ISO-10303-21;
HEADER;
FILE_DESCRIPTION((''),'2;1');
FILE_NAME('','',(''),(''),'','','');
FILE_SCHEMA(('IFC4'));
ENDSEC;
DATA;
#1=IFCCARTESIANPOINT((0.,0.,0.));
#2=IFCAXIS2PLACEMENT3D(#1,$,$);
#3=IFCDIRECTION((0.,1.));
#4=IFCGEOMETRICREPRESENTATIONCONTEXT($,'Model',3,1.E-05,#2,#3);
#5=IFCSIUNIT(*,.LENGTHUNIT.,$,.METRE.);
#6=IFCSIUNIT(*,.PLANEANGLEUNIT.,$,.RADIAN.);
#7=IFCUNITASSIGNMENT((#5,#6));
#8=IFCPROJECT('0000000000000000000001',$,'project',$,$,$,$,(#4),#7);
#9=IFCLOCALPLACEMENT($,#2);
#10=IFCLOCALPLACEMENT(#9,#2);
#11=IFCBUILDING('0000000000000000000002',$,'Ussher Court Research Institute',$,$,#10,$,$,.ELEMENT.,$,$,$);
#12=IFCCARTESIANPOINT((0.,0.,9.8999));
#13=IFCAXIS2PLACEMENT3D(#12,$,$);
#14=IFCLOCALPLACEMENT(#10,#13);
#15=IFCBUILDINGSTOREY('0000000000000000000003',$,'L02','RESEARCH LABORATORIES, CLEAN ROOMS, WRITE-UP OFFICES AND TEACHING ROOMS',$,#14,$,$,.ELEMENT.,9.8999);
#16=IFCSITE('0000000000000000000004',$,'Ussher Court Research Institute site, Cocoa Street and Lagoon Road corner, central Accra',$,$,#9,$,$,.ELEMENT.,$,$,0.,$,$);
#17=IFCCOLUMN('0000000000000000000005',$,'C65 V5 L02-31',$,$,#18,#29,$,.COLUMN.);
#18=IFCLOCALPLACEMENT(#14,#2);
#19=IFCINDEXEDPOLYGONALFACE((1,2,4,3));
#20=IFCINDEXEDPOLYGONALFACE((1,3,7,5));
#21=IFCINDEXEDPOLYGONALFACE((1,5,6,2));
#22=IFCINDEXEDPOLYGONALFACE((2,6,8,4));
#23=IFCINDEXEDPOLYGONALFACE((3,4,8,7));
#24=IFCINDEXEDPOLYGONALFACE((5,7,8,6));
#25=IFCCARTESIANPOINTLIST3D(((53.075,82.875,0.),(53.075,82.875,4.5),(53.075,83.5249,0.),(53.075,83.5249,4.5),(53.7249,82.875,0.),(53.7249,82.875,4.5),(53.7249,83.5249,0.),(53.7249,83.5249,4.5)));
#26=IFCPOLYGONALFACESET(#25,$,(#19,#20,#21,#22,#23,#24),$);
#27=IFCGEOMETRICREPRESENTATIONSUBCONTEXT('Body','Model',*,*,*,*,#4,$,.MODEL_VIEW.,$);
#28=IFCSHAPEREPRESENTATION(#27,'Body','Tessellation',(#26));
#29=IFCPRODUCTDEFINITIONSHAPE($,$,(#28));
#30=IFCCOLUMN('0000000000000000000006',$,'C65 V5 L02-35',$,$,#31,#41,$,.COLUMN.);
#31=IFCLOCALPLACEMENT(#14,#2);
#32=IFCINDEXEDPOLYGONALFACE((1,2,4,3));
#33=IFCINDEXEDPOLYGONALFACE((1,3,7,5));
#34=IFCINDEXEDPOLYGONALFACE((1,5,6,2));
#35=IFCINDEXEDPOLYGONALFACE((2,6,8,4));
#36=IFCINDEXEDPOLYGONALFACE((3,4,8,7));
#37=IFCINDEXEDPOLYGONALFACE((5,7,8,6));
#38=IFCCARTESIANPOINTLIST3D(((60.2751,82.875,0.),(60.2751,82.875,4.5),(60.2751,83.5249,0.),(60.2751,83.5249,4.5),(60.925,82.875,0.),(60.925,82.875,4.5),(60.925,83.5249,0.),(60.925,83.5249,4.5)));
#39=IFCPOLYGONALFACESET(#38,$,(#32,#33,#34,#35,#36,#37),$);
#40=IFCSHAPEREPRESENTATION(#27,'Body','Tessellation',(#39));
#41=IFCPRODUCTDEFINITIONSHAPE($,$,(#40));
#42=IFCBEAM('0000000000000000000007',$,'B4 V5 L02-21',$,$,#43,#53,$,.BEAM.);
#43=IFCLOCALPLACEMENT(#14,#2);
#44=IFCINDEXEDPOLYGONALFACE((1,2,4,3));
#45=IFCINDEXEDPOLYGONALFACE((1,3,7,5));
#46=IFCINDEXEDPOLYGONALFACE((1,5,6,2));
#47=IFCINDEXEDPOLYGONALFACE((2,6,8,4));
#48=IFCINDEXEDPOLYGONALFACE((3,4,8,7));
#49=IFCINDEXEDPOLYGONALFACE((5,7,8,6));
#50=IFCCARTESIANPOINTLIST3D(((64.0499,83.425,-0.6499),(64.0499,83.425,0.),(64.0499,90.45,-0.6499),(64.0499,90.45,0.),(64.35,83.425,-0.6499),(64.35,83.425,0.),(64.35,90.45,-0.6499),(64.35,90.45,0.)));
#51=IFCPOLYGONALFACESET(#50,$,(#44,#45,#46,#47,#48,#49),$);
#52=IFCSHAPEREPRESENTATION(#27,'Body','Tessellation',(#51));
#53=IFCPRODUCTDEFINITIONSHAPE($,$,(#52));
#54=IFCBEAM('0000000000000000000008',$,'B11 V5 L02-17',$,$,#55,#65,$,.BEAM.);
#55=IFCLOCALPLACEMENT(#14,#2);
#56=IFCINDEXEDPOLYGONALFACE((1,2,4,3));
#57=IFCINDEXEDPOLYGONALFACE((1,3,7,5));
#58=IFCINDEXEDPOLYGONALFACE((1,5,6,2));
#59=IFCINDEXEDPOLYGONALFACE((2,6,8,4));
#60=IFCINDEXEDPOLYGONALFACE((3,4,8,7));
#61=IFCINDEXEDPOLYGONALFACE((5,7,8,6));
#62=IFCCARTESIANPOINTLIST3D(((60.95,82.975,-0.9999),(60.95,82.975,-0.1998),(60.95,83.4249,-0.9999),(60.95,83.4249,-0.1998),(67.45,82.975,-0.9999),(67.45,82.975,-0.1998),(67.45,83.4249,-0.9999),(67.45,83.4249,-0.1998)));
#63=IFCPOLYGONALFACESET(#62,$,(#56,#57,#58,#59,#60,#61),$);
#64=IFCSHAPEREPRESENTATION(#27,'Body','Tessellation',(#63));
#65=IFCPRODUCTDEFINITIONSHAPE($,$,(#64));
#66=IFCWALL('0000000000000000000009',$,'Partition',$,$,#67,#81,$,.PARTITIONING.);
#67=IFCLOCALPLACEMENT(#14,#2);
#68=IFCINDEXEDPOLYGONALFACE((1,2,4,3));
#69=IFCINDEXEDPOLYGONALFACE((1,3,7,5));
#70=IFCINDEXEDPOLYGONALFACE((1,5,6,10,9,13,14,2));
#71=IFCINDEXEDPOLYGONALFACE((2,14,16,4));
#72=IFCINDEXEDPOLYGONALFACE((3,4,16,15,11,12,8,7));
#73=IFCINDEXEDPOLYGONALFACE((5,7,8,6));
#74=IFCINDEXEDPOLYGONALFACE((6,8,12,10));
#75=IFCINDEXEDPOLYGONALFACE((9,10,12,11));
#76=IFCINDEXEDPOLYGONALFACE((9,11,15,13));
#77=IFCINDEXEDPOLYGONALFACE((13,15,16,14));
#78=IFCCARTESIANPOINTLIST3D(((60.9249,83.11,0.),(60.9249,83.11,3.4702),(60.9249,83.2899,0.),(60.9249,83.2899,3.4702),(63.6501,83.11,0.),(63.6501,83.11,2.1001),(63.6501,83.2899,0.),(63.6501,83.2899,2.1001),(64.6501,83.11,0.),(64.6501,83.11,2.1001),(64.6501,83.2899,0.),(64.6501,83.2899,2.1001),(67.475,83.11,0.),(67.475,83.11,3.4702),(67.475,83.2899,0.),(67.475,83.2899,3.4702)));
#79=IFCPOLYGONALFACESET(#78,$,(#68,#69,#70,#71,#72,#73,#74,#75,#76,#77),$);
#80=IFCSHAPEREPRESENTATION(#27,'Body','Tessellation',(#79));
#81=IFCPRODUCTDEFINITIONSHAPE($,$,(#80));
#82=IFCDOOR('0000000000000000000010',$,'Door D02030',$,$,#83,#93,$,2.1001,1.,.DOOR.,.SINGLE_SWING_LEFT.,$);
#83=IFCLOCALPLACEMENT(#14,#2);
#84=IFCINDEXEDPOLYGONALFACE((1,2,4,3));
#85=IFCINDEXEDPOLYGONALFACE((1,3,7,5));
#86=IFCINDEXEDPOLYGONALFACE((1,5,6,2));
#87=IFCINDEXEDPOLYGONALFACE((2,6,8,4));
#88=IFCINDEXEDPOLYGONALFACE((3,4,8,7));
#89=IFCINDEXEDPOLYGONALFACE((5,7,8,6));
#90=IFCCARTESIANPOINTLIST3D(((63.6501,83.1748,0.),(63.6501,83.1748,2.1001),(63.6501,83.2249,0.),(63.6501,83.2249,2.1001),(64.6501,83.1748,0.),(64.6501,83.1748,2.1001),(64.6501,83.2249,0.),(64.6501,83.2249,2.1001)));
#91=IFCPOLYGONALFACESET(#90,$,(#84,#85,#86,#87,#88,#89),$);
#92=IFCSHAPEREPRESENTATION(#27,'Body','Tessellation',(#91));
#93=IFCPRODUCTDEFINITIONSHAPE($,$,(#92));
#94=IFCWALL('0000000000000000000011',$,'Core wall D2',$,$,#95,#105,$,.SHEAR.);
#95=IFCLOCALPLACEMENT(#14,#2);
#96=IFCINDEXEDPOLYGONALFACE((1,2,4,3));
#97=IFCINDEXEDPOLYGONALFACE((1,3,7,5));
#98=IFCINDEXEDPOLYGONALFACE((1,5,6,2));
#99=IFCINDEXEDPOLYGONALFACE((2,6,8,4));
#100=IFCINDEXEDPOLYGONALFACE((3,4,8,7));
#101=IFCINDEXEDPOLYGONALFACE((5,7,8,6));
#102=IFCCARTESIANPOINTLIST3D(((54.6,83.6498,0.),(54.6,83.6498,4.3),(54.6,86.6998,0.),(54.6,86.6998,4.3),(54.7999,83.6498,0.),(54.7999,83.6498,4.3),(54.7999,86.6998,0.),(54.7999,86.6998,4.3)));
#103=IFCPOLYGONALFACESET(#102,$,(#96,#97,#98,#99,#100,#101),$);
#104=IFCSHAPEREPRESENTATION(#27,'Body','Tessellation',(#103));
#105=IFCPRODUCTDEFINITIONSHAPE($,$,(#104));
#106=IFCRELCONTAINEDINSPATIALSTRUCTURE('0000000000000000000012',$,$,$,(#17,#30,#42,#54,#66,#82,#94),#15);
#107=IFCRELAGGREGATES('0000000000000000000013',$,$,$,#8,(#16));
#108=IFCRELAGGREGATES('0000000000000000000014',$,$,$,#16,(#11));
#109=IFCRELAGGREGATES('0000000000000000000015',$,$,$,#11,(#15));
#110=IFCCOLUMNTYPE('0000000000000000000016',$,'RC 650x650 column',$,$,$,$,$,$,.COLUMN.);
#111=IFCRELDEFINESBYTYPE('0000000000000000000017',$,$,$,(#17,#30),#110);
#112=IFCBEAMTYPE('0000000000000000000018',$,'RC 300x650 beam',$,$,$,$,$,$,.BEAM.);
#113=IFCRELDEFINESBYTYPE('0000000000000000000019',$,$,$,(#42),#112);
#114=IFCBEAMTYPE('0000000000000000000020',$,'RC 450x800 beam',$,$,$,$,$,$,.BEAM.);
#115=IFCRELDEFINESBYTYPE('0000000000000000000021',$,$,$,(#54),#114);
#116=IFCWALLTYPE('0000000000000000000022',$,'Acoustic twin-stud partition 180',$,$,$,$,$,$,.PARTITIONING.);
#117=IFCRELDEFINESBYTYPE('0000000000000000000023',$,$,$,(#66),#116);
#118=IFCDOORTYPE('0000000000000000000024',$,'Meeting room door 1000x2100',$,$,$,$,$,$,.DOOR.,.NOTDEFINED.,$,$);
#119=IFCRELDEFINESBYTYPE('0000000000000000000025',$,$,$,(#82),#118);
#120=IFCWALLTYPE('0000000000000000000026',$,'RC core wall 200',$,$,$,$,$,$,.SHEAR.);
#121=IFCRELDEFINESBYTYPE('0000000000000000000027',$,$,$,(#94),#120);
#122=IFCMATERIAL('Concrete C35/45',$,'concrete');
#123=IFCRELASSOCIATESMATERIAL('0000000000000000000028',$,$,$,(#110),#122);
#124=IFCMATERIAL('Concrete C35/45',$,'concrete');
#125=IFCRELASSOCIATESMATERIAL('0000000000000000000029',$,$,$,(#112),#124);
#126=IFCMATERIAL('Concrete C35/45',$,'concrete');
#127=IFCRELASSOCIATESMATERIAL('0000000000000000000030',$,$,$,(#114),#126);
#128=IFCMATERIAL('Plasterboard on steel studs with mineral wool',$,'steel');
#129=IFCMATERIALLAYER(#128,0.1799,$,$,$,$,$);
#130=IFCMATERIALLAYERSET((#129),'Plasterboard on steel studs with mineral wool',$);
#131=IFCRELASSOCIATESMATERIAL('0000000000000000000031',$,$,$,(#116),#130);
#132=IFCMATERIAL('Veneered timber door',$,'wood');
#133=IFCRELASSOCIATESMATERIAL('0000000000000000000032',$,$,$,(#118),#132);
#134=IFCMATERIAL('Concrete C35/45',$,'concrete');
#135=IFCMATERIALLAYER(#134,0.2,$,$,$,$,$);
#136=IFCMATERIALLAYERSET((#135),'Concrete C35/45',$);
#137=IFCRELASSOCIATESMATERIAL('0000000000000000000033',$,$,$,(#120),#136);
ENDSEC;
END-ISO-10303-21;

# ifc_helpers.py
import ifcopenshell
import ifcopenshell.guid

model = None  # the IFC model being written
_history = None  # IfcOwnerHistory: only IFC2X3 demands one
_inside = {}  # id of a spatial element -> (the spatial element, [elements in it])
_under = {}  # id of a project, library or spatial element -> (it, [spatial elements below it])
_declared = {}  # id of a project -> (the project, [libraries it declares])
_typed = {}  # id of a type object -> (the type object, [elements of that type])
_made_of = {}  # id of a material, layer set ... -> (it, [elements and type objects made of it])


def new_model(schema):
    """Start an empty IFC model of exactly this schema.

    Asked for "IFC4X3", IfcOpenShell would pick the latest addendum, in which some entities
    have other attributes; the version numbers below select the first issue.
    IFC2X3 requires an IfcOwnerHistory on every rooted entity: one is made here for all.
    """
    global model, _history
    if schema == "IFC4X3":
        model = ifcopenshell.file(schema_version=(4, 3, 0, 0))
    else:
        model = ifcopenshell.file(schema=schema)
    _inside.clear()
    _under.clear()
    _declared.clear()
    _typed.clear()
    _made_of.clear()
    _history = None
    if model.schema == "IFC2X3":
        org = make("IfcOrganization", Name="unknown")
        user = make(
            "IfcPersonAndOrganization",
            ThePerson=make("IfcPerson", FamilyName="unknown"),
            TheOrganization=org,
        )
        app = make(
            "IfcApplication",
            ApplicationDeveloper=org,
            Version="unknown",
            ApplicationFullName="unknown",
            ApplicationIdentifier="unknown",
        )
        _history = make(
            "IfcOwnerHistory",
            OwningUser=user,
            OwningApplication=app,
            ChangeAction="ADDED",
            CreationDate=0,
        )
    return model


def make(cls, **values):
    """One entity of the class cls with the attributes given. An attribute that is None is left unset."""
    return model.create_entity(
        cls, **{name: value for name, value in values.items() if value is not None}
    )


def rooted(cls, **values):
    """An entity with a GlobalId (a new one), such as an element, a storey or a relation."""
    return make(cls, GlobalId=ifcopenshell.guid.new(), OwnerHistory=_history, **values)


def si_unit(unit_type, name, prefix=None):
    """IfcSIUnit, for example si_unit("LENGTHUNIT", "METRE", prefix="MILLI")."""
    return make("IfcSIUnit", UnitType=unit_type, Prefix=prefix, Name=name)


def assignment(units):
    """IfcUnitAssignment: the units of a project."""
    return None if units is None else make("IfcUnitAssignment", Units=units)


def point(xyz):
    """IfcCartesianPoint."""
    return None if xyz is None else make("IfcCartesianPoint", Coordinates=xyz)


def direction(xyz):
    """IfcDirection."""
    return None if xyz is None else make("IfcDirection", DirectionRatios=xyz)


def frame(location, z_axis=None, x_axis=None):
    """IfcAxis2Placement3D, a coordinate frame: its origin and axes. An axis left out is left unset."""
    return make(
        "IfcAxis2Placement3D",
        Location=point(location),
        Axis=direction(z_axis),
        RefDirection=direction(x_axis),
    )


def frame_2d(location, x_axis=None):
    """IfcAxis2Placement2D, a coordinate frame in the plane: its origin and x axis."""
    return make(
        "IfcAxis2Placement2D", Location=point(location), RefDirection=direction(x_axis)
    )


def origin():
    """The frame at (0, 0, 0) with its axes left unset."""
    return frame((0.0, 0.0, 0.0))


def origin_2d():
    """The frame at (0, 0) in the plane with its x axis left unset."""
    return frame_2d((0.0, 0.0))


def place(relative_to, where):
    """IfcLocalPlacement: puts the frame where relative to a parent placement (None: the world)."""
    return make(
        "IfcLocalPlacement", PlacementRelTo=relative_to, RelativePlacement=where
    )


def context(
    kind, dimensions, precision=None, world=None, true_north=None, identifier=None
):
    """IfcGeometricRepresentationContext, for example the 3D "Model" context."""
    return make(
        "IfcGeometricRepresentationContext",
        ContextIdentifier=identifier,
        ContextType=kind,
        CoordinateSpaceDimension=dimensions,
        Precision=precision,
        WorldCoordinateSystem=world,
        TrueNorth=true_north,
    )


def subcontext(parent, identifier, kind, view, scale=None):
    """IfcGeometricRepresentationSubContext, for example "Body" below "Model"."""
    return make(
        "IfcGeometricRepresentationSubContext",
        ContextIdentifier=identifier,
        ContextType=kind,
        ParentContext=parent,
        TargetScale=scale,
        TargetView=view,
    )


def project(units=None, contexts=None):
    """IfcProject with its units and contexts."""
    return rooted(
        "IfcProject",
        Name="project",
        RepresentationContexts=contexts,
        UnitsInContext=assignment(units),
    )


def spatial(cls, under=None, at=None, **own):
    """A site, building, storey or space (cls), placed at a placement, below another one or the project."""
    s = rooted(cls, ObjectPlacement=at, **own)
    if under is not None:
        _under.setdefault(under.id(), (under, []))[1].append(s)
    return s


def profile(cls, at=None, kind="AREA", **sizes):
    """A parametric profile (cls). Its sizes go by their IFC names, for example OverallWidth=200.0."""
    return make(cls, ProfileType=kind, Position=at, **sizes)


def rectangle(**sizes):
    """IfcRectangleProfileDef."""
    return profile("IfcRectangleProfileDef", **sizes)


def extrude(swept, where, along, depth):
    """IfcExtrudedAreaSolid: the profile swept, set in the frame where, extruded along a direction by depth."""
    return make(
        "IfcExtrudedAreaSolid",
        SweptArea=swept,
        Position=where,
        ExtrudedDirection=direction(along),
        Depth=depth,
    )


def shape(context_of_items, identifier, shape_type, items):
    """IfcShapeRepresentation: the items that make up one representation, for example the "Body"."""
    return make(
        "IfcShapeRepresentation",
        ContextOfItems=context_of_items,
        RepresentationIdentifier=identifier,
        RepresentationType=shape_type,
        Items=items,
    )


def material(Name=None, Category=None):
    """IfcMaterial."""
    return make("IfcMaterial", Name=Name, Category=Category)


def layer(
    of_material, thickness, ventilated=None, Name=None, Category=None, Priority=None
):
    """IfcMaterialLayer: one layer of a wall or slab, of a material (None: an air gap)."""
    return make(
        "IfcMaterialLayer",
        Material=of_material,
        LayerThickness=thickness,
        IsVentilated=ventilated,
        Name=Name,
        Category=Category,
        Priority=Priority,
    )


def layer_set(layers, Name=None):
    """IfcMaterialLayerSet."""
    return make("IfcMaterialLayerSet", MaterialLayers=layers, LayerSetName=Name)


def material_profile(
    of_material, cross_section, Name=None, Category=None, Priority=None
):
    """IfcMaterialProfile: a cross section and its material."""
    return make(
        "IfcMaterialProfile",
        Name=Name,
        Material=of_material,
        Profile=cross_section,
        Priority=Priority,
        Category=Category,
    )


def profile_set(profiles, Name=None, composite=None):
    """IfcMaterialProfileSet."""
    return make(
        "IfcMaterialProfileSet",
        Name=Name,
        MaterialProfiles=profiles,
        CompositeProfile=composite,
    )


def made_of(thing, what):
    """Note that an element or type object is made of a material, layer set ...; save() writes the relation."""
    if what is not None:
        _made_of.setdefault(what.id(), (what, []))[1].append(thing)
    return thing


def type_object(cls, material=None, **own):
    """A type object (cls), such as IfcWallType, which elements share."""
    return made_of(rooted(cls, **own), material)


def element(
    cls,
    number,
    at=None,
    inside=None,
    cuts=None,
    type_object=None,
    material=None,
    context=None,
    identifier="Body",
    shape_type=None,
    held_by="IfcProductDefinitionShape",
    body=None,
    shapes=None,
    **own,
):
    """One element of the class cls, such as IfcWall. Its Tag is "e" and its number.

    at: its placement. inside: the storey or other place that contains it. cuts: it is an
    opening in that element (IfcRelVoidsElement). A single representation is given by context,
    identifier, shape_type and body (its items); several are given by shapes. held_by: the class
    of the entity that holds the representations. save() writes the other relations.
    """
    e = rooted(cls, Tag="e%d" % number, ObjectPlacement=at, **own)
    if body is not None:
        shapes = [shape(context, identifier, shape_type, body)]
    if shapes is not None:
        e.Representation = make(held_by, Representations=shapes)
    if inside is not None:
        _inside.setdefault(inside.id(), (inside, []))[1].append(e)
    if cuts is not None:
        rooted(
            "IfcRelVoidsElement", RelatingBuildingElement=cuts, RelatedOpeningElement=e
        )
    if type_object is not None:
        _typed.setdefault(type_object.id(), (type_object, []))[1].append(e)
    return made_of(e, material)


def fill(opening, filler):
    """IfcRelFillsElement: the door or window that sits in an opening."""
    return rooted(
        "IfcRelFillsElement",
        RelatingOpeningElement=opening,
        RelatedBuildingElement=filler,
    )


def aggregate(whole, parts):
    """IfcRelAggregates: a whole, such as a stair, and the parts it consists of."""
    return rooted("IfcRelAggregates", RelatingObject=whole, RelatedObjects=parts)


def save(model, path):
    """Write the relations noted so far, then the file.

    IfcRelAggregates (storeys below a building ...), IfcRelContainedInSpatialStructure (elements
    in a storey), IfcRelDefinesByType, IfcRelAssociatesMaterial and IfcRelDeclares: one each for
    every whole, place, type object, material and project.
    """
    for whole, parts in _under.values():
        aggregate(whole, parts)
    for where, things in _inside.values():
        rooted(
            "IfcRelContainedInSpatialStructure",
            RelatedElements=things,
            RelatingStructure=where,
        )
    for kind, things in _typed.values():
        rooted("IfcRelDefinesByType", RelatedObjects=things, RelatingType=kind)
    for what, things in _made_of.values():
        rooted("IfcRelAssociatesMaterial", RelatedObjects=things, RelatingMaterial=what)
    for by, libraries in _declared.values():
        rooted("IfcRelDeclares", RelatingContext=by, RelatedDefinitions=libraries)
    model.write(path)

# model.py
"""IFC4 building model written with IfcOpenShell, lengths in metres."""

from ifc_helpers import new_model, si_unit, direction, frame, frame_2d, origin, origin_2d, place, context, subcontext, project, spatial, rectangle, extrude, material, layer, layer_set, material_profile, profile_set, type_object, element, fill, save


model = new_model("IFC4")

# Units and contexts
model_context = context("Model", 3, precision=1e-05, world=origin(), true_north=direction((0.0, 1.0)))
body_context = subcontext(model_context, "Body", "Model", "MODEL_VIEW")
ifc_project = project(units=[si_unit("LENGTHUNIT", "METRE"), si_unit("PLANEANGLEUNIT", "RADIAN")], contexts=[model_context])

# Site, building, storey
site_placement = place(None, origin())
site = spatial("IfcSite", under=ifc_project, at=site_placement, Name="Ussher Court Research Institute site, Cocoa Street and Lagoon Road corner, central Accra", CompositionType="ELEMENT", RefElevation=0.0)
building_placement = place(site_placement, origin())
building = spatial("IfcBuilding", under=site, at=building_placement, Name="Ussher Court Research Institute", CompositionType="ELEMENT")
storey_placement = place(building_placement, frame((0.0, 0.0, 9.8999)))
storey = spatial("IfcBuildingStorey", under=building, at=storey_placement, Name="L02", Description="RESEARCH LABORATORIES, CLEAN ROOMS, WRITE-UP OFFICES AND TEACHING ROOMS", CompositionType="ELEMENT", Elevation=9.8999)

# Columns
ifc_material_1 = material(Name="Concrete C35/45", Category="concrete")
ifc_material_profile_1 = material_profile(ifc_material_1, rectangle(XDim=0.6499, YDim=0.6499, at=origin_2d()), Name="RC 650x650")
ifc_profile_set_1 = profile_set([ifc_material_profile_1], Name="Concrete C35/45")
column_type = type_object("IfcColumnType", Name="RC 650x650 column", PredefinedType="COLUMN", material=ifc_profile_set_1)
for number, where, z_axis, x_axis, name in (
    (1, (53.3999, 83.2, 0.0), (0.0, 0.0, 1.0), (1.0, 0.0, 0.0), "C65 V5 L02-31"),
    (2, (60.6001, 83.2, 0.0), (0.0, 0.0, 1.0), (1.0, 0.0, 0.0), "C65 V5 L02-35"),
):
    element("IfcColumn", number, at=place(storey_placement, frame(where, z_axis=z_axis, x_axis=x_axis)), inside=storey, type_object=column_type, Name=name, PredefinedType="COLUMN", context=body_context, shape_type="SweptSolid", body=[
        extrude(rectangle(XDim=0.6499, YDim=0.6499, at=origin_2d()), origin(), (0.0, 0.0, 1.0), 4.5),
    ])

# Beams
ifc_material_2 = material(Name="Concrete C35/45", Category="concrete")
ifc_material_profile_2 = material_profile(ifc_material_2, rectangle(XDim=0.3, YDim=0.6499, at=origin_2d()), Name="RC 300x650")
ifc_profile_set_2 = profile_set([ifc_material_profile_2], Name="Concrete C35/45")
beam_type_1 = type_object("IfcBeamType", Name="RC 300x650 beam", PredefinedType="BEAM", material=ifc_profile_set_2)
beam_1_placement = place(storey_placement, frame((64.2, 83.425, -0.325), z_axis=(0.0, 1.0, 0.0), x_axis=(-1.0, 0.0, 0.0)))
element("IfcBeam", 3, at=beam_1_placement, inside=storey, type_object=beam_type_1, Name="B4 V5 L02-21", PredefinedType="BEAM", context=body_context, shape_type="SweptSolid", body=[
    extrude(rectangle(XDim=0.3, YDim=0.6499, at=origin_2d()), origin(), (0.0, 0.0, 1.0), 7.0249),
])
ifc_material_3 = material(Name="Concrete C35/45", Category="concrete")
ifc_material_profile_3 = material_profile(ifc_material_3, rectangle(XDim=0.45, YDim=0.8, at=origin_2d()), Name="RC 450x800")
ifc_profile_set_3 = profile_set([ifc_material_profile_3], Name="Concrete C35/45")
beam_type_2 = type_object("IfcBeamType", Name="RC 450x800 beam", PredefinedType="BEAM", material=ifc_profile_set_3)
beam_2_placement = place(storey_placement, frame((60.95, 83.2, -0.5999), z_axis=(1.0, 0.0, 0.0), x_axis=(0.0, 1.0, 0.0)))
element("IfcBeam", 4, at=beam_2_placement, inside=storey, type_object=beam_type_2, Name="B11 V5 L02-17", PredefinedType="BEAM", context=body_context, shape_type="SweptSolid", body=[
    extrude(rectangle(XDim=0.45, YDim=0.8, at=origin_2d()), origin(), (0.0, 0.0, 1.0), 6.5),
])

# Wall, opening, door
ifc_material_4 = material(Name="Plasterboard on steel studs with mineral wool", Category="steel")
ifc_layer_1 = layer(ifc_material_4, 0.1799)
ifc_layer_set_1 = layer_set([ifc_layer_1], Name="Plasterboard on steel studs with mineral wool")
wall_type_1 = type_object("IfcWallType", Name="Acoustic twin-stud partition 180", PredefinedType="PARTITIONING", material=ifc_layer_set_1)
wall_1_placement = place(storey_placement, frame((60.925, 83.2, 0.0), z_axis=(0.0, 0.0, 1.0), x_axis=(1.0, 0.0, 0.0)))
wall_1 = element("IfcWall", 5, at=wall_1_placement, inside=storey, type_object=wall_type_1, Name="Partition", PredefinedType="PARTITIONING", context=body_context, shape_type="SweptSolid", body=[
    extrude(rectangle(XDim=6.55, YDim=0.1799, at=frame_2d((3.2749, 0.0))), origin(), (0.0, 0.0, 1.0), 3.4702),
])
opening_1_placement = place(wall_1_placement, frame((2.7251, 0.0, 0.0)))
opening_1 = element("IfcOpeningElement", 6, at=opening_1_placement, cuts=wall_1, PredefinedType="OPENING", context=body_context, shape_type="SweptSolid", body=[
    extrude(rectangle(XDim=1.0, YDim=2.1001, at=frame_2d((0.5, 1.05))), frame((0.0, 0.1001, 0.0), z_axis=(0.0, -1.0, 0.0), x_axis=(1.0, 0.0, 0.0)), (0.0, 0.0, 1.0), 0.2),
])
ifc_material_5 = material(Name="Veneered timber door", Category="wood")
door_type_1 = type_object("IfcDoorType", Name="Meeting room door 1000x2100", OperationType="NOTDEFINED", PredefinedType="DOOR", material=ifc_material_5)
door_1_placement = place(opening_1_placement, origin())
door_1 = element("IfcDoor", 7, at=door_1_placement, inside=storey, type_object=door_type_1, Name="Door D02030", OperationType="SINGLE_SWING_LEFT", OverallHeight=2.1001, OverallWidth=1.0, PredefinedType="DOOR", context=body_context, shape_type="SweptSolid", body=[
    extrude(rectangle(XDim=1.0, YDim=2.1001, at=frame_2d((0.5, 1.05))), frame((0.0, 0.0249, 0.0), z_axis=(0.0, -1.0, 0.0), x_axis=(1.0, 0.0, 0.0)), (0.0, 0.0, 1.0), 0.05),
])
fill(opening_1, door_1)

# Wall
ifc_material_6 = material(Name="Concrete C35/45", Category="concrete")
ifc_layer_2 = layer(ifc_material_6, 0.2)
ifc_layer_set_2 = layer_set([ifc_layer_2], Name="Concrete C35/45")
wall_type_2 = type_object("IfcWallType", Name="RC core wall 200", PredefinedType="SHEAR", material=ifc_layer_set_2)
wall_2_placement = place(storey_placement, frame((54.7, 83.6499, 0.0), z_axis=(0.0, 0.0, 1.0), x_axis=(0.0, 1.0, 0.0)))
element("IfcWall", 8, at=wall_2_placement, inside=storey, type_object=wall_type_2, Name="Core wall D2", PredefinedType="SHEAR", context=body_context, shape_type="SweptSolid", body=[
    extrude(rectangle(XDim=3.05, YDim=0.2, at=frame_2d((1.5249, 0.0))), origin(), (0.0, 0.0, 1.0), 4.3),
])

save(model, "model.ifc")
